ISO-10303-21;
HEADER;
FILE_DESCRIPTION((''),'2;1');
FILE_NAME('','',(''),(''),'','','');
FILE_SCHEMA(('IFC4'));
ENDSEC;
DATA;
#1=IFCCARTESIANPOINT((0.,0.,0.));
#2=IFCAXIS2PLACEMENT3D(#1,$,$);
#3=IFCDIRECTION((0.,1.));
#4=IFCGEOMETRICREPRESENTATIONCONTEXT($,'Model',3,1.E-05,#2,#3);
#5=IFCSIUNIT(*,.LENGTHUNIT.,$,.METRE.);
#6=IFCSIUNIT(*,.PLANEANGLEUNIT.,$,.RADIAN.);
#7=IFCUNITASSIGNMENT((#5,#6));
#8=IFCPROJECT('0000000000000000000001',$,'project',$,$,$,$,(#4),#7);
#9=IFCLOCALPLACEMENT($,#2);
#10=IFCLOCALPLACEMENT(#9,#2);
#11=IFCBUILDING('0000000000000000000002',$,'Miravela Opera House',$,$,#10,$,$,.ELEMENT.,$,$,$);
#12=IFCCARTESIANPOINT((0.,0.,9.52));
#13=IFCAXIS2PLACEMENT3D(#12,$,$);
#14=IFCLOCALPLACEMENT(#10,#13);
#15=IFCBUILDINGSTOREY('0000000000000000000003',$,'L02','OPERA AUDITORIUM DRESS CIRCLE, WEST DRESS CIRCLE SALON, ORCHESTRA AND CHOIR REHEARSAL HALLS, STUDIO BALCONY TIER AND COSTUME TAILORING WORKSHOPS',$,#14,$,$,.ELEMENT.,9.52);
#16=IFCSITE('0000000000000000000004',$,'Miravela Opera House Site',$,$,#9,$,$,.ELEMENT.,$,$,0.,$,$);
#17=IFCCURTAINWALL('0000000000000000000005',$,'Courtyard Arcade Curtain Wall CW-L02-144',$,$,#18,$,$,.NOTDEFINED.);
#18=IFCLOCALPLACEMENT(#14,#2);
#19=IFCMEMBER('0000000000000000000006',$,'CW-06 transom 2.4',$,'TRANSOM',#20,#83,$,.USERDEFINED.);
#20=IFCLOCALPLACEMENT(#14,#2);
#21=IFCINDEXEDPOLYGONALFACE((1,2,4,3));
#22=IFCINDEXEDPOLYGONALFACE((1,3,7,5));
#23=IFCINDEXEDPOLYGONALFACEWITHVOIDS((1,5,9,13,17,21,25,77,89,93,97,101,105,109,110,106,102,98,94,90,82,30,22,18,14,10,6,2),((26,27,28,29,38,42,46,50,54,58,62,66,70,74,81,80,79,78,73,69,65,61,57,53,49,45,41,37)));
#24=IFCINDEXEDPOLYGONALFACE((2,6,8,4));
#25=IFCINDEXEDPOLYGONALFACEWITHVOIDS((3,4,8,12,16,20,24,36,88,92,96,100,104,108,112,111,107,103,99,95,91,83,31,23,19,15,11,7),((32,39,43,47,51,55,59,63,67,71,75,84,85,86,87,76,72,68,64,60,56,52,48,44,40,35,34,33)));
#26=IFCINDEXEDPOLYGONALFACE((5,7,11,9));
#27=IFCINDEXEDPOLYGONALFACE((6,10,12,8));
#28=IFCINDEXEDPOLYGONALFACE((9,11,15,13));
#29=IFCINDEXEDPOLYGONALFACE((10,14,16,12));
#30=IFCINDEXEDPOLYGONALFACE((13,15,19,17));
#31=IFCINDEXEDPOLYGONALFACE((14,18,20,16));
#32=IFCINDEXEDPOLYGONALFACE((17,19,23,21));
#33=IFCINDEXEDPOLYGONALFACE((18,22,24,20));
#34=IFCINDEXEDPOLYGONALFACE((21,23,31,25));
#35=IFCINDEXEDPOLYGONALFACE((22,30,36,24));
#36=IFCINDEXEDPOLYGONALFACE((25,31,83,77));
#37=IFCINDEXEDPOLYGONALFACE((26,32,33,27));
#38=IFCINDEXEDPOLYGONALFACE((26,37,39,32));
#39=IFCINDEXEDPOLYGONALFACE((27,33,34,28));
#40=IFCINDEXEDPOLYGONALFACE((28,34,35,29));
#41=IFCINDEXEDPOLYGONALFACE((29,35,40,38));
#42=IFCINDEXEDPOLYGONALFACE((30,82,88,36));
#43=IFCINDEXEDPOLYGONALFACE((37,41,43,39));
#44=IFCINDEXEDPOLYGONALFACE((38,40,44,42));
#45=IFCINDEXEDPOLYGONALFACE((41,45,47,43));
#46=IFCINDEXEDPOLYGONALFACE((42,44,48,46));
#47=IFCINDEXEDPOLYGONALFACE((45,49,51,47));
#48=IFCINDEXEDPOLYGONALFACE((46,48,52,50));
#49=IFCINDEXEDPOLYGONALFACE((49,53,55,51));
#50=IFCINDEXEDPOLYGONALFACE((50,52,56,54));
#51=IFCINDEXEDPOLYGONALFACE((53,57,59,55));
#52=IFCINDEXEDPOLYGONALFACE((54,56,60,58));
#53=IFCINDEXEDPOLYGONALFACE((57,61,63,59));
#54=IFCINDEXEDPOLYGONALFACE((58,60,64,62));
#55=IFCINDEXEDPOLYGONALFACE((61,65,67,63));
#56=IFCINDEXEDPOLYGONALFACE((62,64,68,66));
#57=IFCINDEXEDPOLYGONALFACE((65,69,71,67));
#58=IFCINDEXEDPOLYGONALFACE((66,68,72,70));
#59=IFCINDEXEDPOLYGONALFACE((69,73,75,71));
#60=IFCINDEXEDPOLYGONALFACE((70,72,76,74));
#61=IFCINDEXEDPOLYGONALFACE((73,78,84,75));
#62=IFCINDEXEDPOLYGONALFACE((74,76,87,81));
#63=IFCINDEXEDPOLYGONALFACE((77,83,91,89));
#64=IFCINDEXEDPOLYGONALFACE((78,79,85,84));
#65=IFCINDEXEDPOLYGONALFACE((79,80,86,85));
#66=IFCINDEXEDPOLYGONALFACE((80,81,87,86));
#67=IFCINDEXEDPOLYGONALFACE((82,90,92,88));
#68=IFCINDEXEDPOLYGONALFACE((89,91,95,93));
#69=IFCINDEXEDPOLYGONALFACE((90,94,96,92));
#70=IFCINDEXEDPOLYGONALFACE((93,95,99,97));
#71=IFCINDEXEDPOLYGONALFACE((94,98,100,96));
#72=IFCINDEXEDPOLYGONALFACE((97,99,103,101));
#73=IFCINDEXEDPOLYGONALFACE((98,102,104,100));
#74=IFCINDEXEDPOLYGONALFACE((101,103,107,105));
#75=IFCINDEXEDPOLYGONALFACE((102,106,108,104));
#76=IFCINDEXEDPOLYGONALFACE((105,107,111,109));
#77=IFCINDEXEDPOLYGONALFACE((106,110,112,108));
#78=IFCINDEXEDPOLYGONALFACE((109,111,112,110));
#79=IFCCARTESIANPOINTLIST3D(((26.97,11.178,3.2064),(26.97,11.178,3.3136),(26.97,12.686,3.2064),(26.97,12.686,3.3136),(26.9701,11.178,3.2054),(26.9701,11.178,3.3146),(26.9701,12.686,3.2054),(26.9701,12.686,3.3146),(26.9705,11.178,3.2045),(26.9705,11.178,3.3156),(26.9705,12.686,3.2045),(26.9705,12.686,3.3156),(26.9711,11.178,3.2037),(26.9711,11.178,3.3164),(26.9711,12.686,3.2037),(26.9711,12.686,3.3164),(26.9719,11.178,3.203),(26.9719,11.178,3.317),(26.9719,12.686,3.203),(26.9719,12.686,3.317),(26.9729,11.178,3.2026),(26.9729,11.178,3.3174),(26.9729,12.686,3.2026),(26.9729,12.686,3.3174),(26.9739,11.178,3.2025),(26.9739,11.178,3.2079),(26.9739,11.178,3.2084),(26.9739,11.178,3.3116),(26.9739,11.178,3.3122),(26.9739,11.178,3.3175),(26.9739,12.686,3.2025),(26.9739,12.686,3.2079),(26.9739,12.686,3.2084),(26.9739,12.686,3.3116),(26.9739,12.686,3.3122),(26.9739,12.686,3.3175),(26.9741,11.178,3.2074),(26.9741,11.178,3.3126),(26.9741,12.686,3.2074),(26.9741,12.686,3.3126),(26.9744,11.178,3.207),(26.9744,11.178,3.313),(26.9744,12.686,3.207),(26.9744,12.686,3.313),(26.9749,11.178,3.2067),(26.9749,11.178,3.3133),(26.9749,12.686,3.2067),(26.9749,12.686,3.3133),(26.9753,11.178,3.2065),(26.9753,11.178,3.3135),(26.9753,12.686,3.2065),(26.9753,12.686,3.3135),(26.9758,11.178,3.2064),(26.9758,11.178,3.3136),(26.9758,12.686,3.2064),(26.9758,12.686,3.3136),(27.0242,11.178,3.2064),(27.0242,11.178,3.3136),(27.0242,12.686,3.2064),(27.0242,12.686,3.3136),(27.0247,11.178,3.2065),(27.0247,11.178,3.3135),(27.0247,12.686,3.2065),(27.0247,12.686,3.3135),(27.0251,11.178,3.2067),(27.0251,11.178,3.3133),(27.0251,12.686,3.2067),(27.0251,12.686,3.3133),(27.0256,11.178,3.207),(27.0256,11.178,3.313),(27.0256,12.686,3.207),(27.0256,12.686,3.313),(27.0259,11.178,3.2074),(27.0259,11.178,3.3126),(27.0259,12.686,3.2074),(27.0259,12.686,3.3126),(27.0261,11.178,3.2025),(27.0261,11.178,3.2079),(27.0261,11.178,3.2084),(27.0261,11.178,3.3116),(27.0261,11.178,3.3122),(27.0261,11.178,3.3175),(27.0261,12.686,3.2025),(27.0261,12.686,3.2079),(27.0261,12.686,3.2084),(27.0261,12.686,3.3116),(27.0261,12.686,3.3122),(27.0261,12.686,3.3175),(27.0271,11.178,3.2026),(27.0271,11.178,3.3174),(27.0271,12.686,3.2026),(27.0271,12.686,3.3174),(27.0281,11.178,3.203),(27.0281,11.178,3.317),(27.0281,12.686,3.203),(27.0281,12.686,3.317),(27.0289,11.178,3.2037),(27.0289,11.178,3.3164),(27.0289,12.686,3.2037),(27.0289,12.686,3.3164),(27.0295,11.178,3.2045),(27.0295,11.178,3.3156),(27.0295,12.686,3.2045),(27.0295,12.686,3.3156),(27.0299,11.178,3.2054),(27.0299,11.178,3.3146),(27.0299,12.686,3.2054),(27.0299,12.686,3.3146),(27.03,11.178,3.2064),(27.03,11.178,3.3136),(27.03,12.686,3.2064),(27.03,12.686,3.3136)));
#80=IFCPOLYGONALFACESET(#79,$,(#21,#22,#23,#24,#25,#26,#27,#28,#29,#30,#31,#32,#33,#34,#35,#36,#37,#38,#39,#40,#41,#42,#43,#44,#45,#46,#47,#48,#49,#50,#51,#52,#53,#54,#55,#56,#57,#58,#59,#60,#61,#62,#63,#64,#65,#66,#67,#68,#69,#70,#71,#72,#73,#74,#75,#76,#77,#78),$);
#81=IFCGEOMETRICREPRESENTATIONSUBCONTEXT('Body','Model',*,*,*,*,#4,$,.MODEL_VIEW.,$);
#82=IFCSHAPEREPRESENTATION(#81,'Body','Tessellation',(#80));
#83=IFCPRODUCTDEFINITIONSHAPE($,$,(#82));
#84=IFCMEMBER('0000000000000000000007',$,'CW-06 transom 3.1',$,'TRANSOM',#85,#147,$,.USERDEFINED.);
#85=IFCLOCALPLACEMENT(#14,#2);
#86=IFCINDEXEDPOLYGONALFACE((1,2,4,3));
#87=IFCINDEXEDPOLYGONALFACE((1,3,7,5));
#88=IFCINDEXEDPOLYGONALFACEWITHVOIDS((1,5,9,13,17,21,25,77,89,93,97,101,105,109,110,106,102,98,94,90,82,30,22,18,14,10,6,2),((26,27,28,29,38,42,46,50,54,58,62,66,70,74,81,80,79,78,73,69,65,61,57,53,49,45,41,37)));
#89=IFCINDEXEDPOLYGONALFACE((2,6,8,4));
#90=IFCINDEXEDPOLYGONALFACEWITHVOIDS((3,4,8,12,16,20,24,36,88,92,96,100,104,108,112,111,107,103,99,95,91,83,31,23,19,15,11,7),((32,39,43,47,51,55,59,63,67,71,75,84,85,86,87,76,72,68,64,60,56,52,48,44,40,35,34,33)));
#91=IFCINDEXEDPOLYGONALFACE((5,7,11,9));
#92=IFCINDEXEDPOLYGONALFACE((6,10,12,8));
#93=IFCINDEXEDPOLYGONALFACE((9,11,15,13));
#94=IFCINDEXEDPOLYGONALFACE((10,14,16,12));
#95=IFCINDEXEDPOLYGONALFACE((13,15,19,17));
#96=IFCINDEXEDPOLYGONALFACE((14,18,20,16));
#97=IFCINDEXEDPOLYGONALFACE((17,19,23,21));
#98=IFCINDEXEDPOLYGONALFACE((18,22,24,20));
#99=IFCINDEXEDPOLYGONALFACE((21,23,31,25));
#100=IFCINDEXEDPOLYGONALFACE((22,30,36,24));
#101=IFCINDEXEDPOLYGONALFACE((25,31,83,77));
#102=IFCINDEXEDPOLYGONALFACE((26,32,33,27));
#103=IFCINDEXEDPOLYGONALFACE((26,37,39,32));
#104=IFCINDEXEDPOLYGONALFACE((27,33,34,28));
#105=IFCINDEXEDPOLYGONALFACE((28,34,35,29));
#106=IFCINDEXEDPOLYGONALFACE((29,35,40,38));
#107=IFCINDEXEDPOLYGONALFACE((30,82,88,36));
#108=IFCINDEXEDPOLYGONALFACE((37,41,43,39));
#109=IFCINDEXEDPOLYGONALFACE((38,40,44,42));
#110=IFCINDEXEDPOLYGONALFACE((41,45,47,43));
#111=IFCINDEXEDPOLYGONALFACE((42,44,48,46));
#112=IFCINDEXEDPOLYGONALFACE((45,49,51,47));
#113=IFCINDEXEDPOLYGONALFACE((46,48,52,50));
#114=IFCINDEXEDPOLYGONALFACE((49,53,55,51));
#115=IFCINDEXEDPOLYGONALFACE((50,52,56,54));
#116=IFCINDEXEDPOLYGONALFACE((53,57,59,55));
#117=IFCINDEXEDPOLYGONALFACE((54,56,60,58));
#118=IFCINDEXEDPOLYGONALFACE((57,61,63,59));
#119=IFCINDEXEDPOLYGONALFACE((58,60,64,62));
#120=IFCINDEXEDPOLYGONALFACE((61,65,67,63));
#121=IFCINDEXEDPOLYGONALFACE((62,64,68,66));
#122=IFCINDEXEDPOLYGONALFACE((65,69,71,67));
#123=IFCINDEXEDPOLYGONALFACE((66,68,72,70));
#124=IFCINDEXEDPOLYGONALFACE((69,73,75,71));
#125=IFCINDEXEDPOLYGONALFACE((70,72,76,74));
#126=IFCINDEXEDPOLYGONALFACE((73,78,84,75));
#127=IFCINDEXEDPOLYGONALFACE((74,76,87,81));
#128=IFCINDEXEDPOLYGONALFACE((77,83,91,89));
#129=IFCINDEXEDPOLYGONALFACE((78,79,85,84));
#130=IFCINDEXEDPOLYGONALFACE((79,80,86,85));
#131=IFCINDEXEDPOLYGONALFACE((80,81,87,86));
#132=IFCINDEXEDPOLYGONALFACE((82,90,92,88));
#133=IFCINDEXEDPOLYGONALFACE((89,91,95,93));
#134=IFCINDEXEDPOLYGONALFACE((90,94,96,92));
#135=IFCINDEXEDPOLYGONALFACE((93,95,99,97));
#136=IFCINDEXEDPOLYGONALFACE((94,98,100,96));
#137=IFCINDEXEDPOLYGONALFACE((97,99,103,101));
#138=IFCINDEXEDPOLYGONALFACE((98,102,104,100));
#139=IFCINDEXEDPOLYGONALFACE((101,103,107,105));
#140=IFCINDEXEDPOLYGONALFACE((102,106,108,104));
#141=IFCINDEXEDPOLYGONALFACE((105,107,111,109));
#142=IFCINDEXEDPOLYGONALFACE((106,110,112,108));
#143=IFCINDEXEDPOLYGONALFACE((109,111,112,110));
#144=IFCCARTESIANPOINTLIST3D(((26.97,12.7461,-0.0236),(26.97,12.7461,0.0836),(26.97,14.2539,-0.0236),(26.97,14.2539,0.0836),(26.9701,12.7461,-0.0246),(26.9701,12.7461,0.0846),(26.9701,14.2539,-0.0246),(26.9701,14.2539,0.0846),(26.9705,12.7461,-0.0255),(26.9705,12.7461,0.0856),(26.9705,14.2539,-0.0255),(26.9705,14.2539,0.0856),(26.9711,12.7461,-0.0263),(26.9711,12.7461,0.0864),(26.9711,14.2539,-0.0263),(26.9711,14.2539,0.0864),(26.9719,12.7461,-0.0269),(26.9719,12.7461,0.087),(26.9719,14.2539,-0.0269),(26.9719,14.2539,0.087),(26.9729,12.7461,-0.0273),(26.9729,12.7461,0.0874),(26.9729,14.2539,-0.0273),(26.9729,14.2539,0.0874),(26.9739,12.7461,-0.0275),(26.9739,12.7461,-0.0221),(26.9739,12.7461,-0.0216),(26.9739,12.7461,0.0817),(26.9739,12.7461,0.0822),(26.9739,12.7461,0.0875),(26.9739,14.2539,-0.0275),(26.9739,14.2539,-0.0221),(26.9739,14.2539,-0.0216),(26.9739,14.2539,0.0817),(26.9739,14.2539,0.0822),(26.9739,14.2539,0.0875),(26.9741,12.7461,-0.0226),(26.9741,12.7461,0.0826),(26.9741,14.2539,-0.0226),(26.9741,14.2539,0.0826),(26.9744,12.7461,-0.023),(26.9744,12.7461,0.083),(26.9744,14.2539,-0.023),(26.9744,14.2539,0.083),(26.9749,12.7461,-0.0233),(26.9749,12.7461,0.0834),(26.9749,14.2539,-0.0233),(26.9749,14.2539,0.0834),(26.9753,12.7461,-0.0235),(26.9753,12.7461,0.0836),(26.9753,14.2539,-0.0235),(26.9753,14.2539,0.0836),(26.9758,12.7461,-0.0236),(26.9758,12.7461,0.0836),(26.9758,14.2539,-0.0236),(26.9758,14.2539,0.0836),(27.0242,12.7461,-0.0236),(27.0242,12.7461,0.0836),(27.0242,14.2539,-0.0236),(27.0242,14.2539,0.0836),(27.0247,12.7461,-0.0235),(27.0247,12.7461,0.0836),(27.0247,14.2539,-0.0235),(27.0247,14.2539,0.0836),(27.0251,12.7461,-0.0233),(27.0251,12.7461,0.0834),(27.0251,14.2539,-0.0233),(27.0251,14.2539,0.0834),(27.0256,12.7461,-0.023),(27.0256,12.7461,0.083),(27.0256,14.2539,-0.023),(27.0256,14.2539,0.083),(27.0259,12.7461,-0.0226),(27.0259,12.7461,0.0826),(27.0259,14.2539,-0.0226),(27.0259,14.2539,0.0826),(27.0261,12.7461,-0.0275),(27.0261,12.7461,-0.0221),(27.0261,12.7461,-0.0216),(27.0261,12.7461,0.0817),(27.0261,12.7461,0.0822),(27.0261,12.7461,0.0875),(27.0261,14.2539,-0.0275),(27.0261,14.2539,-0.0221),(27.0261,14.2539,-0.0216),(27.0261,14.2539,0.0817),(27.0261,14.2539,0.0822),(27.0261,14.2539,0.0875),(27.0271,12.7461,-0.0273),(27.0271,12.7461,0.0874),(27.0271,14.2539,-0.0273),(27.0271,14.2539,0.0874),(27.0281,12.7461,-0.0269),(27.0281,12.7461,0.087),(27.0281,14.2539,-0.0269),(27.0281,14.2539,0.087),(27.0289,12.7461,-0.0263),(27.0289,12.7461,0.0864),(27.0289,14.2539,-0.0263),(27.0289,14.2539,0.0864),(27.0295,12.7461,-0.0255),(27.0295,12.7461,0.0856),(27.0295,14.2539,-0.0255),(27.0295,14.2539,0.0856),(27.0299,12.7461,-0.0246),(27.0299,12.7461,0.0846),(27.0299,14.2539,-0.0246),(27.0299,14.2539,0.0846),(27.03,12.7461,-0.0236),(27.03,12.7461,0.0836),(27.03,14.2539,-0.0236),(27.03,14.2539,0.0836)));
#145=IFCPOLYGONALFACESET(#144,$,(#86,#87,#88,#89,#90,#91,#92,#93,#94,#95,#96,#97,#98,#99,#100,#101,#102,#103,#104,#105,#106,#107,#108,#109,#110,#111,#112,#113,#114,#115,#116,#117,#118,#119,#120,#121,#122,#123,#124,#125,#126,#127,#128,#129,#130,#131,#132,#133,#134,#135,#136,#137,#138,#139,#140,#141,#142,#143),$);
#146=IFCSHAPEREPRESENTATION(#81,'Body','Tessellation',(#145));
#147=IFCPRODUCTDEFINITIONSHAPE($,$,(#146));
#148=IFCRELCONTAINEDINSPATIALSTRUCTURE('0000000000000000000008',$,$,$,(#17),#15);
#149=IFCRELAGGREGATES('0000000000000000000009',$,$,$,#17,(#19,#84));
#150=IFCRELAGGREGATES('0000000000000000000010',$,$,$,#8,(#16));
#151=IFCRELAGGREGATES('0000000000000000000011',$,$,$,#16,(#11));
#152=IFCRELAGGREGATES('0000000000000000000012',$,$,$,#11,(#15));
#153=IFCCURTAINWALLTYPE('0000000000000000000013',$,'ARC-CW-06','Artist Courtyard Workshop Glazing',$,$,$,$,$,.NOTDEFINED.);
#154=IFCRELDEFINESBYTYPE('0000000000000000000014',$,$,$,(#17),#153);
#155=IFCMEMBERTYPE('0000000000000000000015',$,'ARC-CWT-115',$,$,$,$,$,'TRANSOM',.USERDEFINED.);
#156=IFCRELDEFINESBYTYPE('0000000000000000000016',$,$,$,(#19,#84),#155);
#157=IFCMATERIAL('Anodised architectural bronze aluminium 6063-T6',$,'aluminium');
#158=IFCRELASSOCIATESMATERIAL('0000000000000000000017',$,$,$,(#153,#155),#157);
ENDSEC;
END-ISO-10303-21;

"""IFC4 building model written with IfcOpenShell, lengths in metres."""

from ifc_helpers import new_model, si_unit, direction, frame, origin, origin_2d, place, context, subcontext, project, spatial, hollow_rectangle, extrude, material, material_profile, profile_set, type_object, element, aggregate, save


model = new_model("IFC4")

# Units and contexts
model_context = context("Model", 3, precision=1e-05, world=origin(), true_north=direction((0.0, 1.0)))
body_context = subcontext(model_context, "Body", "Model", "MODEL_VIEW")
ifc_project = project(units=[si_unit("LENGTHUNIT", "METRE"), si_unit("PLANEANGLEUNIT", "RADIAN")], contexts=[model_context])

# Site, building, storey
site_placement = place(None, origin())
site = spatial("IfcSite", under=ifc_project, at=site_placement, Name="Miravela Opera House Site", CompositionType="ELEMENT", RefElevation=0.0)
building_placement = place(site_placement, origin())
building = spatial("IfcBuilding", under=site, at=building_placement, Name="Miravela Opera House", CompositionType="ELEMENT")
storey_placement = place(building_placement, frame((0.0, 0.0, 9.52)))
storey = spatial("IfcBuildingStorey", under=building, at=storey_placement, Name="L02", Description="OPERA AUDITORIUM DRESS CIRCLE, WEST DRESS CIRCLE SALON, ORCHESTRA AND CHOIR REHEARSAL HALLS, STUDIO BALCONY TIER AND COSTUME TAILORING WORKSHOPS", CompositionType="ELEMENT", Elevation=9.52)

# Curtain wall, members
ifc_material_1 = material(Name="Anodised architectural bronze aluminium 6063-T6", Category="aluminium")
curtain_wall_type = type_object("IfcCurtainWallType", Name="ARC-CW-06", Description="Artist Courtyard Workshop Glazing", PredefinedType="NOTDEFINED", material=ifc_material_1)
curtain_wall_placement = place(storey_placement, origin())
curtain_wall = element("IfcCurtainWall", 1, at=curtain_wall_placement, inside=storey, type_object=curtain_wall_type, Name="Courtyard Arcade Curtain Wall CW-L02-144", PredefinedType="NOTDEFINED")
ifc_material_profile_1 = material_profile(ifc_material_1, hollow_rectangle(XDim=0.0601, YDim=0.115, WallThickness=0.0039, InnerFilletRadius=0.002, OuterFilletRadius=0.0039, at=origin_2d()), Name="CWT-60X115")
ifc_profile_set_1 = profile_set([ifc_material_profile_1])
member_type_1 = type_object("IfcMemberType", Name="ARC-CWT-115", ElementType="TRANSOM", PredefinedType="USERDEFINED", material=ifc_profile_set_1)
member_1_placement = place(storey_placement, frame((27.0, 11.178, 3.26), z_axis=(0.0, 1.0, 0.0), x_axis=(-1.0, 0.0, 0.0)))
member_1 = element("IfcMember", 2, at=member_1_placement, type_object=member_type_1, Name="CW-06 transom 2.4", ObjectType="TRANSOM", PredefinedType="USERDEFINED", context=body_context, shape_type="SweptSolid", body=[
    extrude(hollow_rectangle(XDim=0.0601, YDim=0.115, WallThickness=0.0039, InnerFilletRadius=0.002, OuterFilletRadius=0.0039, at=origin_2d()), origin(), (0.0, 0.0, 1.0), 1.5081),
])
member_2_placement = place(storey_placement, frame((27.0, 12.7461, 0.03), z_axis=(0.0, 1.0, 0.0), x_axis=(-1.0, 0.0, 0.0)))
member_2 = element("IfcMember", 3, at=member_2_placement, type_object=member_type_1, Name="CW-06 transom 3.1", ObjectType="TRANSOM", PredefinedType="USERDEFINED", context=body_context, shape_type="SweptSolid", body=[
    extrude(hollow_rectangle(XDim=0.0601, YDim=0.115, WallThickness=0.0039, InnerFilletRadius=0.002, OuterFilletRadius=0.0039, at=origin_2d()), origin(), (0.0, 0.0, 1.0), 1.5078),
])

aggregate(curtain_wall, [member_1, member_2])

save(model, "model.ifc")
